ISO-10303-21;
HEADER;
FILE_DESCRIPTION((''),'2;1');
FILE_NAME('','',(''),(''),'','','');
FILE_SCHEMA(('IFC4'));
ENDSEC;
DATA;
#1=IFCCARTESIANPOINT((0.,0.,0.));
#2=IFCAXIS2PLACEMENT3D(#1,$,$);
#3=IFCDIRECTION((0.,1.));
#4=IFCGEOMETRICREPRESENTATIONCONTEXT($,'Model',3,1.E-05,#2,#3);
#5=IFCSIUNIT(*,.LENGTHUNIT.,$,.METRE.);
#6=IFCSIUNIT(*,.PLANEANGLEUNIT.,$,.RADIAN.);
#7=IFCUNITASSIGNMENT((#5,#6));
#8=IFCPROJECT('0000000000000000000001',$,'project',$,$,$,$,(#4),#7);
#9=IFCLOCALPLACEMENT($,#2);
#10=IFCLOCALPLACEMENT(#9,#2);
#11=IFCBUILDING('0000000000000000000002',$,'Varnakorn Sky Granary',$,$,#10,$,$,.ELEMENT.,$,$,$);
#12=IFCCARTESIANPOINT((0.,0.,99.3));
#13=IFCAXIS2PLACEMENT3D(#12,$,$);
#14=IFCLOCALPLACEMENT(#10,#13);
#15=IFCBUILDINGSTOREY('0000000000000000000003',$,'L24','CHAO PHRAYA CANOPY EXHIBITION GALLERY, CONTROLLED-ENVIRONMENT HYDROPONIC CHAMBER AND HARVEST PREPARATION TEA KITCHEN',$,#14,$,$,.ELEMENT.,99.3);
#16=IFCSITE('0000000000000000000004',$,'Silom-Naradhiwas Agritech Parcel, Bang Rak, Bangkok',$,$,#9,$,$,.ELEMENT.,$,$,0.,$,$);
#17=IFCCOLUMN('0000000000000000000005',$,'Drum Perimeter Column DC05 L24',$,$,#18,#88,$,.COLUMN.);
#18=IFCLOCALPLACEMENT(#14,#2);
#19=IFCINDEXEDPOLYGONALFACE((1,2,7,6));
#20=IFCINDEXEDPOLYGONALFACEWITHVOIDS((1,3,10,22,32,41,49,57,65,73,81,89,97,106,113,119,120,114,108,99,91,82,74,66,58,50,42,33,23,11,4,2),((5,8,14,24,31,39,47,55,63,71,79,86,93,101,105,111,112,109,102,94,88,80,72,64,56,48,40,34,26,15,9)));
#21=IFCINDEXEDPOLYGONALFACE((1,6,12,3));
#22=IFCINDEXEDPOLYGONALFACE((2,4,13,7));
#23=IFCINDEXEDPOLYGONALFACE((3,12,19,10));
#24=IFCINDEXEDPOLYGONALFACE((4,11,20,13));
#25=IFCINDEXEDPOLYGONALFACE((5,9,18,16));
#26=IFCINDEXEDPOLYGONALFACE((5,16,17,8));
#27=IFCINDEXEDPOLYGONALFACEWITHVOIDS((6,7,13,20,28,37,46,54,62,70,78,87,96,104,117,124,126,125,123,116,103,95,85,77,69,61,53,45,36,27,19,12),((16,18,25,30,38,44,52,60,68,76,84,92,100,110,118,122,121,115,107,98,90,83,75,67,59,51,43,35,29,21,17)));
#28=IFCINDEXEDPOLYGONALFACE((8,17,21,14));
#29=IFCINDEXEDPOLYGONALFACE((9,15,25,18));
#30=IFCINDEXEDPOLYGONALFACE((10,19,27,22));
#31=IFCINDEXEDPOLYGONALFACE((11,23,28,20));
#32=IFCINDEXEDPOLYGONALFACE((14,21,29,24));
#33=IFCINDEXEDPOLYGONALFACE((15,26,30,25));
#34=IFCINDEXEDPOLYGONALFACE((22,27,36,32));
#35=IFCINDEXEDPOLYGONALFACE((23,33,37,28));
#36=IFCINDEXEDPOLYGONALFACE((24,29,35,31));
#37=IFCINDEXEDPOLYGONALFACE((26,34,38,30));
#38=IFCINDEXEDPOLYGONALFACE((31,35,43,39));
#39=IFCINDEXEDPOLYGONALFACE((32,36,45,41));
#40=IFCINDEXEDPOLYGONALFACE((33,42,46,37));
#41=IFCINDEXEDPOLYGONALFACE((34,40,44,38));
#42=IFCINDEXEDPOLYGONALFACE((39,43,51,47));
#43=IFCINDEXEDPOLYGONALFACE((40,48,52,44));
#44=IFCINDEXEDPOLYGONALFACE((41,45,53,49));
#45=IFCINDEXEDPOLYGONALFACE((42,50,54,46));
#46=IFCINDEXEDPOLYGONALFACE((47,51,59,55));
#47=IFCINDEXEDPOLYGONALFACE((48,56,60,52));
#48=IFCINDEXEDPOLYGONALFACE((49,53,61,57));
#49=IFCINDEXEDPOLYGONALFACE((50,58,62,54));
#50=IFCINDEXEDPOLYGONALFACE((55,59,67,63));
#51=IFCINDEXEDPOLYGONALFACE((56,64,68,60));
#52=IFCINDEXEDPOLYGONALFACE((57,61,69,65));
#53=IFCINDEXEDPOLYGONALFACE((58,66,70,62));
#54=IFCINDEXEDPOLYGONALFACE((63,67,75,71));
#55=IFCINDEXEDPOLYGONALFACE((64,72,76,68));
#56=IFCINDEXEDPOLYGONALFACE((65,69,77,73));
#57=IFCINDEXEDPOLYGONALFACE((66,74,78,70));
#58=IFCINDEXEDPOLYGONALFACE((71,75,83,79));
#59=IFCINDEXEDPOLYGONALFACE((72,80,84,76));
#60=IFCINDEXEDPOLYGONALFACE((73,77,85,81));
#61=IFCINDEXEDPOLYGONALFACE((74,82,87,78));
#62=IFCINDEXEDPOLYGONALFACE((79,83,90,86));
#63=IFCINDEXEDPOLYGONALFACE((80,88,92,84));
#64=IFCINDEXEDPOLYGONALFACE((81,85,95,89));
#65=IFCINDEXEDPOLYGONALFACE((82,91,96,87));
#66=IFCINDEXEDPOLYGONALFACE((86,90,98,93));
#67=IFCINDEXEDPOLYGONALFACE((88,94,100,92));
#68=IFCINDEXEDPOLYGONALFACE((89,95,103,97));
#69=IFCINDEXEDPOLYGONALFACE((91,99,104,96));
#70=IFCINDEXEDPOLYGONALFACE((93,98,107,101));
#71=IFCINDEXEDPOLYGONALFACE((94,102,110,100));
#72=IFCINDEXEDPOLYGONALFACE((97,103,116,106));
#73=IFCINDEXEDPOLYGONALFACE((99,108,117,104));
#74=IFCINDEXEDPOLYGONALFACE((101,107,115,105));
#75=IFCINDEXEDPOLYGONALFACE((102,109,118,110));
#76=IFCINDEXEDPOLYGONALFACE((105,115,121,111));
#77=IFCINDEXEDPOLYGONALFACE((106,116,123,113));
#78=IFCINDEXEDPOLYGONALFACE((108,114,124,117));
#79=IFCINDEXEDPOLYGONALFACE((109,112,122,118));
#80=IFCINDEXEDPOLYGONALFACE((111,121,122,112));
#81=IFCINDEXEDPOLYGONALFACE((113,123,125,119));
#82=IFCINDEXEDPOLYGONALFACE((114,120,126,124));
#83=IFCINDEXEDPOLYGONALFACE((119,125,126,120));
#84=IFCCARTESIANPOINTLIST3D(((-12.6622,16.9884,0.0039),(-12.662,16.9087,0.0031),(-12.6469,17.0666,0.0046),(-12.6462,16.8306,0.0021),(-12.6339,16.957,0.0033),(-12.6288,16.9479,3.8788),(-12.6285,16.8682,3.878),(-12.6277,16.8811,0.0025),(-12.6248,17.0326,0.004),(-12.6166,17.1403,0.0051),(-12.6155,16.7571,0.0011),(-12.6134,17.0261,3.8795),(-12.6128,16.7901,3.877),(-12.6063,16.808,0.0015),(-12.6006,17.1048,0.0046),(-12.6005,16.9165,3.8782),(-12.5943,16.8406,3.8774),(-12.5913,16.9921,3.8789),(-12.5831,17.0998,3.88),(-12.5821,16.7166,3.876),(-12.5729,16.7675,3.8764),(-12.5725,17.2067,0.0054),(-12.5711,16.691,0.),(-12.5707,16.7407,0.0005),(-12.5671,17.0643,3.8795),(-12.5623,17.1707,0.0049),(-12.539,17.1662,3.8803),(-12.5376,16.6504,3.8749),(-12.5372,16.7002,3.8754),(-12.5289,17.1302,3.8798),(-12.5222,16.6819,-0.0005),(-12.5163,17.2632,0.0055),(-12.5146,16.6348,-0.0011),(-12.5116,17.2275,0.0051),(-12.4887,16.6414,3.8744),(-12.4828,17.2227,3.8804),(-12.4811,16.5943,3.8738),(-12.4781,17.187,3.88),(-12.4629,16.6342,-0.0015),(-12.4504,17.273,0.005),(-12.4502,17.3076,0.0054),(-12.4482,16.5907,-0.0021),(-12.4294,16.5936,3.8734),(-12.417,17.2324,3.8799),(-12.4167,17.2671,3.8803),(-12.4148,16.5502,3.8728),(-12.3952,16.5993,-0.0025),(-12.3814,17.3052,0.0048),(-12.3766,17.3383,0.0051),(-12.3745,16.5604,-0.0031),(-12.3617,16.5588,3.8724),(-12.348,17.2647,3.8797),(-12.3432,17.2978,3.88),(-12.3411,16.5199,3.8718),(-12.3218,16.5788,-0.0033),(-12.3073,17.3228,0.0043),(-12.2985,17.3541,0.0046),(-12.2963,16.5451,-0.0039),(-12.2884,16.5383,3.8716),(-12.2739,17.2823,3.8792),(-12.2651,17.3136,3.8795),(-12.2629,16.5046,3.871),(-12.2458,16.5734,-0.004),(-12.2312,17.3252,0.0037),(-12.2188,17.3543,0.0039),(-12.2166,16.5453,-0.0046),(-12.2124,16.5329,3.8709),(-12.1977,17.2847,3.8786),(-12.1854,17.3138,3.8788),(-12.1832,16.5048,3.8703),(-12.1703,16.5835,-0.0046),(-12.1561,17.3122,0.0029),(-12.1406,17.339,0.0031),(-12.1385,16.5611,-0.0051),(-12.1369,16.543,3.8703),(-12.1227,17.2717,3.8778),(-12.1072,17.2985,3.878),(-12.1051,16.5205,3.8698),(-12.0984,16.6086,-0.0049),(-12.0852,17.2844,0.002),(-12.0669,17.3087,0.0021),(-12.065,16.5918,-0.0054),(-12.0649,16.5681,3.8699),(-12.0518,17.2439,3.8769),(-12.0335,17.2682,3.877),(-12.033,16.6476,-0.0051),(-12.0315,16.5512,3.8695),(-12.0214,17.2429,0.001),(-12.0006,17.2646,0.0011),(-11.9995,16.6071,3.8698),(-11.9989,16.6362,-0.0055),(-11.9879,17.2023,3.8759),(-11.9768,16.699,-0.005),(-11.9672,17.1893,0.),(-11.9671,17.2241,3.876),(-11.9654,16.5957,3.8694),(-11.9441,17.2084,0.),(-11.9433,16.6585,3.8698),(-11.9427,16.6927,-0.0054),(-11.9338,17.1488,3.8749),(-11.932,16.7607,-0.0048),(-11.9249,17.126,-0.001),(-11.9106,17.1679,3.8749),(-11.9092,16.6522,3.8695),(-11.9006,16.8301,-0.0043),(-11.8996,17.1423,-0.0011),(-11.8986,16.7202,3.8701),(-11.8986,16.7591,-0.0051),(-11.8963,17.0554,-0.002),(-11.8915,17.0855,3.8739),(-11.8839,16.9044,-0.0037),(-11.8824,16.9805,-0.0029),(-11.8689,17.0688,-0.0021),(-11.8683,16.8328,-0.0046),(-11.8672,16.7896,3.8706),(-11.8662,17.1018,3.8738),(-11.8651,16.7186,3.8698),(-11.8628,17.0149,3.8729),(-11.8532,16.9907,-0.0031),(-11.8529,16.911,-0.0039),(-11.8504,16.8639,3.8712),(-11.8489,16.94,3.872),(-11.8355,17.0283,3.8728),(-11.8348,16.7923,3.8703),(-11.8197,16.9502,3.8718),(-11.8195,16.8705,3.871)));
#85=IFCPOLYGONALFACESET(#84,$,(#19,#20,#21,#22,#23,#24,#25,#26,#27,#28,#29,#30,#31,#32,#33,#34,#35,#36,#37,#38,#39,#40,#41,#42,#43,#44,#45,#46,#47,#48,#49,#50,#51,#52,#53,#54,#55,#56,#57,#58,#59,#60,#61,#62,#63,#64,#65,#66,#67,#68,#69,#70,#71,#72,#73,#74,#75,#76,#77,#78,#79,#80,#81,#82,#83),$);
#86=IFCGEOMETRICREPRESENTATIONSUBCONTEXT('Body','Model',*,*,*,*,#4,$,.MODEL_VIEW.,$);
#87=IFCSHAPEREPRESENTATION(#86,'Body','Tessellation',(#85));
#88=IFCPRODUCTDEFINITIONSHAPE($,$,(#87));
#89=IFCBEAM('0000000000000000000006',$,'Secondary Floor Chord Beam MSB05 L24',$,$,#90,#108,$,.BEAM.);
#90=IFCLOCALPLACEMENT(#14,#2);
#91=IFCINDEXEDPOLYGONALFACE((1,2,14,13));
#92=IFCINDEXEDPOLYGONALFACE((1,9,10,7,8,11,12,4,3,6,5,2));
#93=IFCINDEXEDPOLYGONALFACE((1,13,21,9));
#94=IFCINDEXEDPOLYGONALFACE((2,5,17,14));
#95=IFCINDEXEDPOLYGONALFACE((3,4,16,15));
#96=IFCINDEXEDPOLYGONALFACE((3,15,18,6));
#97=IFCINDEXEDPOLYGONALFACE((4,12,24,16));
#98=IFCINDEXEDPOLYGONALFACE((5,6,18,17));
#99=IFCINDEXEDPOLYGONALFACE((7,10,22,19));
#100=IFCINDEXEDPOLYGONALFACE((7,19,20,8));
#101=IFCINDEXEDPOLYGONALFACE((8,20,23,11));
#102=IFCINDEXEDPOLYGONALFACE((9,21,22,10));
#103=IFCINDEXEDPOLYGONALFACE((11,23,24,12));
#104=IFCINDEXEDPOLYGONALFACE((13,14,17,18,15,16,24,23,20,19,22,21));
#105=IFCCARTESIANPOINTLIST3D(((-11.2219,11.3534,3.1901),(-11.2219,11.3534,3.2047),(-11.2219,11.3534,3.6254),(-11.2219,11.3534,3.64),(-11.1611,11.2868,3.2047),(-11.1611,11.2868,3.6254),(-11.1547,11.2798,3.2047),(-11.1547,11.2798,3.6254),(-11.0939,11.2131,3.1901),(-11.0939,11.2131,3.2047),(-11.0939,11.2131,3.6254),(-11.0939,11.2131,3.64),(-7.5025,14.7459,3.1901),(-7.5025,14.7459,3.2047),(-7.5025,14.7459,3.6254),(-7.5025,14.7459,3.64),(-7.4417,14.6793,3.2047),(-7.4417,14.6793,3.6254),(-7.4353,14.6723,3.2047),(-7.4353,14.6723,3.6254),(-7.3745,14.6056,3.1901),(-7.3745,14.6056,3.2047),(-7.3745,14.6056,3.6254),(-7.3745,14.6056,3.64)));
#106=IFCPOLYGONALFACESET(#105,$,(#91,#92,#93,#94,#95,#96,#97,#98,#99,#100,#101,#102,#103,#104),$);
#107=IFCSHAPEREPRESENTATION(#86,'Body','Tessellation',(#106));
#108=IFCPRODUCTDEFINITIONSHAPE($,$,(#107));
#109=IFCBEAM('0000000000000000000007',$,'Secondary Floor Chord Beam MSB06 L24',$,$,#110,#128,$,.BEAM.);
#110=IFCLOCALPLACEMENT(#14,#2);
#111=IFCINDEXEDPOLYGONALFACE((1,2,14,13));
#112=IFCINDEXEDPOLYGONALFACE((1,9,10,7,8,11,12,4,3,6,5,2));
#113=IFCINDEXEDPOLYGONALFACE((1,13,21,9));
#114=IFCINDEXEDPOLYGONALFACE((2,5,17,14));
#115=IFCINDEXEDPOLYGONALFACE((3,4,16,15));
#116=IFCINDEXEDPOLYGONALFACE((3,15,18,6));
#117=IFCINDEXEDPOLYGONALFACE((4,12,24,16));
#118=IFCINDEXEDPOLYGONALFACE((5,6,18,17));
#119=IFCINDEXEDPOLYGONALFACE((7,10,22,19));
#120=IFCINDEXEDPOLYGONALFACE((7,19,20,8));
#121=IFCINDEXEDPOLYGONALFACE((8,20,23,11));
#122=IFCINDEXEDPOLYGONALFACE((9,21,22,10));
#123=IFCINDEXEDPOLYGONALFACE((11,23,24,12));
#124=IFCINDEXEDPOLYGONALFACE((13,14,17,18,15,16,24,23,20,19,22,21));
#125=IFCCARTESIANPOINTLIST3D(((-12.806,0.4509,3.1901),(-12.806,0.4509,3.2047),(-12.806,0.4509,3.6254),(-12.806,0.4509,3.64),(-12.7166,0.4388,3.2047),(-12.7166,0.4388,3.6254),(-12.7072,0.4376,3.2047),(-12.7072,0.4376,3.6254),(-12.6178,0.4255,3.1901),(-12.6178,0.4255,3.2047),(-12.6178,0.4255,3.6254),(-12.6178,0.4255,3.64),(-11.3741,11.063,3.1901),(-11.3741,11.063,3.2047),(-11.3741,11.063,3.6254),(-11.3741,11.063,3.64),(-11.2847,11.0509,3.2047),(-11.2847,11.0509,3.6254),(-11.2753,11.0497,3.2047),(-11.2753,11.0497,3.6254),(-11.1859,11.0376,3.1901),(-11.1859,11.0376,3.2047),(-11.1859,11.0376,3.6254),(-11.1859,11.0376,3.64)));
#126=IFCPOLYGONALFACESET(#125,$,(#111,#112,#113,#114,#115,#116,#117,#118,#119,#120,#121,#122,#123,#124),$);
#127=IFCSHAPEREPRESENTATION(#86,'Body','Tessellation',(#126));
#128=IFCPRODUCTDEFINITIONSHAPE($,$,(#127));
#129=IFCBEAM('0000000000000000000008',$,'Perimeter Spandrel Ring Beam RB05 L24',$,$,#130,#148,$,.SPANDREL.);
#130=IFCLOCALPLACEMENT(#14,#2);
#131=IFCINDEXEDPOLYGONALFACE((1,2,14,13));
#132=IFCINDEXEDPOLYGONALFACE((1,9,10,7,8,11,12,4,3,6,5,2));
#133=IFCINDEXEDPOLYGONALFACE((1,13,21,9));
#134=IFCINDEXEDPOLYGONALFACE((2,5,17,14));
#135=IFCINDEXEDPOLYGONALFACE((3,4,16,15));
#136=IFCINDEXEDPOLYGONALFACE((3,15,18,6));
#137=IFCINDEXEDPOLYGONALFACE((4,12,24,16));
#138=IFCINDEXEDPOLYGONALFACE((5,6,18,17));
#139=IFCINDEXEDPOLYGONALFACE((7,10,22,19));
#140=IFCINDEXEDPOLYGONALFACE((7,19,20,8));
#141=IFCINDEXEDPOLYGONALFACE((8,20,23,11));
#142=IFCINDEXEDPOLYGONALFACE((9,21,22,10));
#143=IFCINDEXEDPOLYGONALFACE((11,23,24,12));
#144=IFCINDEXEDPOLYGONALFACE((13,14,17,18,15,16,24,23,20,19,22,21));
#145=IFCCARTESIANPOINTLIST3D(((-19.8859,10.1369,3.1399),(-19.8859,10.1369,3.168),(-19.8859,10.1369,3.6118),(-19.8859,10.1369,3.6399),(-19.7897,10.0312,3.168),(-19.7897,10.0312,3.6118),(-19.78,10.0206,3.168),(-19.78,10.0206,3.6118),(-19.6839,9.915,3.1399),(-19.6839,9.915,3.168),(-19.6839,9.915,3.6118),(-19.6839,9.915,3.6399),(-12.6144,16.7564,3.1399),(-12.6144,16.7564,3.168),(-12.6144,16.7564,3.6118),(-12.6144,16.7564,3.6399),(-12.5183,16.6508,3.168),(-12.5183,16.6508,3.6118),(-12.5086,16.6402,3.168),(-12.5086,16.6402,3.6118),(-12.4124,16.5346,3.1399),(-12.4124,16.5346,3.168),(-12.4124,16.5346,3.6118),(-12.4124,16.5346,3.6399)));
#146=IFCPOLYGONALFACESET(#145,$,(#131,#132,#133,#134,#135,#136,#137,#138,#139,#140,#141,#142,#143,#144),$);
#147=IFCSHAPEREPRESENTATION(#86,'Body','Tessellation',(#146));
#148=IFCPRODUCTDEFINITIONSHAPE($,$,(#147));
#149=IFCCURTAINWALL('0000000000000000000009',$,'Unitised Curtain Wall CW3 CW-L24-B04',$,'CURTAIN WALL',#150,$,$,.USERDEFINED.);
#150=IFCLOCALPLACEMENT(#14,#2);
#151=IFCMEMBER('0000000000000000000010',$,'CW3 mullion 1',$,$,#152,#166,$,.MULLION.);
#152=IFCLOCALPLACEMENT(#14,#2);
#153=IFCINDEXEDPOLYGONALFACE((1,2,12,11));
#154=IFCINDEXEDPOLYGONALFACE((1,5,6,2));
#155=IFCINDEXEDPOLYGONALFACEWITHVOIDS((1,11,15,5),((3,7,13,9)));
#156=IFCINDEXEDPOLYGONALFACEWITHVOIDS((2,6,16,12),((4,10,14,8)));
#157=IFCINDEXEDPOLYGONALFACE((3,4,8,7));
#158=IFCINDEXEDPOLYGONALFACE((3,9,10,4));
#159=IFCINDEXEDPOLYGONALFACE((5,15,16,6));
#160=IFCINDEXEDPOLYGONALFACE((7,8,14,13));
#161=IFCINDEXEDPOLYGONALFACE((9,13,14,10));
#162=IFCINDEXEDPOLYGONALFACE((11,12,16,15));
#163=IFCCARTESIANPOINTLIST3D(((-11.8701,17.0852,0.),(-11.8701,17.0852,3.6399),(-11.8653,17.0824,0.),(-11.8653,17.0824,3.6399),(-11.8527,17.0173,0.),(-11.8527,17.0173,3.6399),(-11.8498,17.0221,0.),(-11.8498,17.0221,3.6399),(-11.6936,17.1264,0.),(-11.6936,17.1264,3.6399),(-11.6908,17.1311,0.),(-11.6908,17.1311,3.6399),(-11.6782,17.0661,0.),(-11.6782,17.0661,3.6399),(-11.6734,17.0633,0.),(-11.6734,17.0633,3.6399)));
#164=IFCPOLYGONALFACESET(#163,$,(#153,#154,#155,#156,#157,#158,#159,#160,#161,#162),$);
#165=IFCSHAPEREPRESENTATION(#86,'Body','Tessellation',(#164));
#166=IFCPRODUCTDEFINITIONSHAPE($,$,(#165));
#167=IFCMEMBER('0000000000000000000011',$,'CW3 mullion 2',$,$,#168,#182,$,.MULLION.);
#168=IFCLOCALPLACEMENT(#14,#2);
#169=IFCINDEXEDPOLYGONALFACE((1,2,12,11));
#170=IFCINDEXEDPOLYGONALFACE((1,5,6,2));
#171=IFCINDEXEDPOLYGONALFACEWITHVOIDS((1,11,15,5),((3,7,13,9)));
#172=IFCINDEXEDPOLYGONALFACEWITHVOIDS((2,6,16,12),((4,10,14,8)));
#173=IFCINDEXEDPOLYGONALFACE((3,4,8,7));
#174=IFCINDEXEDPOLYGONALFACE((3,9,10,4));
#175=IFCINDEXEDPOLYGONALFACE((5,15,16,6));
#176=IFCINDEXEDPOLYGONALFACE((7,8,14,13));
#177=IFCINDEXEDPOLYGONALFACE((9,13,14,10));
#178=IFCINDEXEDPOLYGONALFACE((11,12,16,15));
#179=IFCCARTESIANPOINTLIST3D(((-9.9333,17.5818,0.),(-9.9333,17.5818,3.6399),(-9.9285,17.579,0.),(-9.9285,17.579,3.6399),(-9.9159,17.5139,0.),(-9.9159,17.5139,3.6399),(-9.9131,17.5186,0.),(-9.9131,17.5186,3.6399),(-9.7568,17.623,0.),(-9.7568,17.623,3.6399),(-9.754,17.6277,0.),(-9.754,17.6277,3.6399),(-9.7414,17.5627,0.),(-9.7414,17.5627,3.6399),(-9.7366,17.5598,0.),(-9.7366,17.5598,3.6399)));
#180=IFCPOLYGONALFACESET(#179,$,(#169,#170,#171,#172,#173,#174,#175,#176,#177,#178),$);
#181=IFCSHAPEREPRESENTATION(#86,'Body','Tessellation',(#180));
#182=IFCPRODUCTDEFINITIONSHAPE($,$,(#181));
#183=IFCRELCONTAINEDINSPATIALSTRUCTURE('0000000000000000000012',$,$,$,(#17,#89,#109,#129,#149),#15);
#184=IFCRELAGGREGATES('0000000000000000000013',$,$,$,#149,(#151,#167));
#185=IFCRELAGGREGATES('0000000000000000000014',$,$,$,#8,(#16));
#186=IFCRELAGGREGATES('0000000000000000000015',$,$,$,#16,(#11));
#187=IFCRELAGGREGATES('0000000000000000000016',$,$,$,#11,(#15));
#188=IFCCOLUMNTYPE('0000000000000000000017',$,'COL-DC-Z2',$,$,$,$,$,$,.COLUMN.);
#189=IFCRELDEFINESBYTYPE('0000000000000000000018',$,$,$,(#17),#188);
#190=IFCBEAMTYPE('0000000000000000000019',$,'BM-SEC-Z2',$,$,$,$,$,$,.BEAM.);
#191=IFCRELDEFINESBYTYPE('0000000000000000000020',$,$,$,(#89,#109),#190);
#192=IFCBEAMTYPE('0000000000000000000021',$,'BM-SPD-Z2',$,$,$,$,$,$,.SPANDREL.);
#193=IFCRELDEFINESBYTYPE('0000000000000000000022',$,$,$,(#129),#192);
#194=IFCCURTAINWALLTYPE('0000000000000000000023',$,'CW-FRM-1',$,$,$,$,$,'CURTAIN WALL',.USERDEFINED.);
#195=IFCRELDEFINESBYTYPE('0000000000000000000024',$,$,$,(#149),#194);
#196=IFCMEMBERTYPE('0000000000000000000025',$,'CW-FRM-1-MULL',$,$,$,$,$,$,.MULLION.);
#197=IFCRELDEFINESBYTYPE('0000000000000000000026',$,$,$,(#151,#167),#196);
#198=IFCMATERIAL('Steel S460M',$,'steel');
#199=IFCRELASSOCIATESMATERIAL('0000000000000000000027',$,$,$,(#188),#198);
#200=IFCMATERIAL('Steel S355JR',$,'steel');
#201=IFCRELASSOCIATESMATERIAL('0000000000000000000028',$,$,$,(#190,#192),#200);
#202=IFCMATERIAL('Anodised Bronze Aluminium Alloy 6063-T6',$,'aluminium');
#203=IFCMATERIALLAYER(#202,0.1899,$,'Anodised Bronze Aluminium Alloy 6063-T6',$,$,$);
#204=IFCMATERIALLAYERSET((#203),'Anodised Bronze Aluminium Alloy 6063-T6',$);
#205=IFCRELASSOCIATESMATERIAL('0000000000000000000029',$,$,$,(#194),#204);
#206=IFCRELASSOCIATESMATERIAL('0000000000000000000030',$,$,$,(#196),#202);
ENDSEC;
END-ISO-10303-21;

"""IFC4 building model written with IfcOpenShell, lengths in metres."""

from ifc_helpers import new_model, si_unit, direction, frame, origin, origin_2d, place, context, subcontext, project, spatial, hollow_rectangle, hollow_circle, i_section, extrude, material, layer, layer_set, material_profile, profile_set, type_object, element, aggregate, save


model = new_model("IFC4")

# Units and contexts
model_context = context("Model", 3, precision=1e-05, world=origin(), true_north=direction((0.0, 1.0)))
body_context = subcontext(model_context, "Body", "Model", "MODEL_VIEW")
ifc_project = project(units=[si_unit("LENGTHUNIT", "METRE"), si_unit("PLANEANGLEUNIT", "RADIAN")], contexts=[model_context])

# Site, building, storey
site_placement = place(None, origin())
site = spatial("IfcSite", under=ifc_project, at=site_placement, Name="Silom-Naradhiwas Agritech Parcel, Bang Rak, Bangkok", CompositionType="ELEMENT", RefElevation=0.0)
building_placement = place(site_placement, origin())
building = spatial("IfcBuilding", under=site, at=building_placement, Name="Varnakorn Sky Granary", CompositionType="ELEMENT")
storey_placement = place(building_placement, frame((0.0, 0.0, 99.3)))
storey = spatial("IfcBuildingStorey", under=building, at=storey_placement, Name="L24", Description="CHAO PHRAYA CANOPY EXHIBITION GALLERY, CONTROLLED-ENVIRONMENT HYDROPONIC CHAMBER AND HARVEST PREPARATION TEA KITCHEN", CompositionType="ELEMENT", Elevation=99.3)

# Column
ifc_material_1 = material(Name="Steel S460M", Category="steel")
ifc_material_profile_1 = material_profile(ifc_material_1, hollow_circle(Radius=0.4065, WallThickness=0.03, at=origin_2d()), Name="CHS 813x30")
ifc_profile_set_1 = profile_set([ifc_material_profile_1], Name="Steel S460M")
column_type = type_object("IfcColumnType", Name="COL-DC-Z2", PredefinedType="COLUMN", material=ifc_profile_set_1)
column_placement = place(storey_placement, frame((-12.2576, 16.9497, 0.0), z_axis=(0.008631, -0.010458, 0.999908), x_axis=(0.771259, 0.636521, 0.0)))
element("IfcColumn", 1, at=column_placement, inside=storey, type_object=column_type, Name="Drum Perimeter Column DC05 L24", PredefinedType="COLUMN", context=body_context, shape_type="SweptSolid", body=[
    extrude(hollow_circle(Radius=0.4065, WallThickness=0.03, at=origin_2d()), origin(), (0.0, 0.0, 1.0), 3.8752),
])

# Beams
ifc_material_2 = material(Name="Steel S355JR", Category="steel")
ifc_material_profile_2 = material_profile(ifc_material_2, i_section(OverallWidth=0.1899, OverallDepth=0.45, WebThickness=0.0095, FlangeThickness=0.0146, at=origin_2d()), Name="IPE 450")
ifc_profile_set_2 = profile_set([ifc_material_profile_2], Name="Steel S355JR")
beam_type_1 = type_object("IfcBeamType", Name="BM-SEC-Z2", PredefinedType="BEAM", material=ifc_profile_set_2)
beam_1_placement = place(storey_placement, frame((-7.4385, 14.6758, 3.415), z_axis=(-0.738829, -0.673893, 0.0), x_axis=(0.673893, -0.738829, 0.0)))
element("IfcBeam", 2, at=beam_1_placement, inside=storey, type_object=beam_type_1, Name="Secondary Floor Chord Beam MSB05 L24", PredefinedType="BEAM", context=body_context, shape_type="SweptSolid", body=[
    extrude(i_section(OverallWidth=0.1899, OverallDepth=0.45, WebThickness=0.0095, FlangeThickness=0.0146, at=origin_2d()), origin(), (0.0, 0.0, 1.0), 5.0342),
])
beam_2_placement = place(storey_placement, frame((-11.28, 11.0503, 3.415), z_axis=(-0.133718, -0.991019, 0.0), x_axis=(0.991019, -0.133718, 0.0)))
element("IfcBeam", 3, at=beam_2_placement, inside=storey, type_object=beam_type_1, Name="Secondary Floor Chord Beam MSB06 L24", PredefinedType="BEAM", context=body_context, shape_type="SweptSolid", body=[
    extrude(i_section(OverallWidth=0.1899, OverallDepth=0.45, WebThickness=0.0095, FlangeThickness=0.0146, at=origin_2d()), origin(), (0.0, 0.0, 1.0), 10.7083),
])
ifc_material_profile_3 = material_profile(ifc_material_2, i_section(OverallWidth=0.3, OverallDepth=0.5, WebThickness=0.0144, FlangeThickness=0.0281, at=origin_2d()), Name="HE 500 B")
ifc_profile_set_3 = profile_set([ifc_material_profile_3], Name="Steel S355JR")
beam_type_2 = type_object("IfcBeamType", Name="BM-SPD-Z2", PredefinedType="SPANDREL", material=ifc_profile_set_3)
beam_3_placement = place(storey_placement, frame((-12.5134, 16.6455, 3.3899), z_axis=(-0.739475, -0.673184, 0.0), x_axis=(0.673184, -0.739475, 0.0)))
element("IfcBeam", 4, at=beam_3_placement, inside=storey, type_object=beam_type_2, Name="Perimeter Spandrel Ring Beam RB05 L24", PredefinedType="SPANDREL", context=body_context, shape_type="SweptSolid", body=[
    extrude(i_section(OverallWidth=0.3, OverallDepth=0.5, WebThickness=0.0144, FlangeThickness=0.0281, at=origin_2d()), origin(), (0.0, 0.0, 1.0), 9.8333),
])

# Curtain wall, members
ifc_material_3 = material(Name="Anodised Bronze Aluminium Alloy 6063-T6", Category="aluminium")
ifc_layer_1 = layer(ifc_material_3, 0.1899, Name="Anodised Bronze Aluminium Alloy 6063-T6")
ifc_layer_set_1 = layer_set([ifc_layer_1], Name="Anodised Bronze Aluminium Alloy 6063-T6")
curtain_wall_type = type_object("IfcCurtainWallType", Name="CW-FRM-1", ElementType="CURTAIN WALL", PredefinedType="USERDEFINED", material=ifc_layer_set_1)
curtain_wall_1_placement = place(storey_placement, origin())
curtain_wall_1 = element("IfcCurtainWall", 5, at=curtain_wall_1_placement, inside=storey, type_object=curtain_wall_type, Name="Unitised Curtain Wall CW3 CW-L24-B04", ObjectType="CURTAIN WALL", PredefinedType="USERDEFINED")
ifc_material_profile_4 = material_profile(ifc_material_3, hollow_rectangle(XDim=0.0701, YDim=0.1851, WallThickness=0.0039, at=origin_2d()), Name="ALU MULL 70x185")
ifc_profile_set_4 = profile_set([ifc_material_profile_4], Name="Anodised Bronze Aluminium Alloy 6063-T6")
member_type_1 = type_object("IfcMemberType", Name="CW-FRM-1-MULL", PredefinedType="MULLION", material=ifc_profile_set_4)
member_1_placement = place(storey_placement, frame((-11.7717, 17.0742, 0.0), z_axis=(0.0, 0.0, 1.0), x_axis=(-0.248284, 0.968687, 0.0)))
member_1 = element("IfcMember", 6, at=member_1_placement, type_object=member_type_1, Name="CW3 mullion 1", PredefinedType="MULLION", context=body_context, shape_type="SweptSolid", body=[
    extrude(hollow_rectangle(XDim=0.0701, YDim=0.1851, WallThickness=0.0039, at=origin_2d()), origin(), (0.0, 0.0, 1.0), 3.6399),
])
member_2_placement = place(storey_placement, frame((-9.835, 17.5708, 0.0), z_axis=(0.0, 0.0, 1.0), x_axis=(-0.248284, 0.968687, 0.0)))
member_2 = element("IfcMember", 7, at=member_2_placement, type_object=member_type_1, Name="CW3 mullion 2", PredefinedType="MULLION", context=body_context, shape_type="SweptSolid", body=[
    extrude(hollow_rectangle(XDim=0.0701, YDim=0.1851, WallThickness=0.0039, at=origin_2d()), origin(), (0.0, 0.0, 1.0), 3.6399),
])

aggregate(curtain_wall_1, [member_1, member_2])

save(model, "model.ifc")
